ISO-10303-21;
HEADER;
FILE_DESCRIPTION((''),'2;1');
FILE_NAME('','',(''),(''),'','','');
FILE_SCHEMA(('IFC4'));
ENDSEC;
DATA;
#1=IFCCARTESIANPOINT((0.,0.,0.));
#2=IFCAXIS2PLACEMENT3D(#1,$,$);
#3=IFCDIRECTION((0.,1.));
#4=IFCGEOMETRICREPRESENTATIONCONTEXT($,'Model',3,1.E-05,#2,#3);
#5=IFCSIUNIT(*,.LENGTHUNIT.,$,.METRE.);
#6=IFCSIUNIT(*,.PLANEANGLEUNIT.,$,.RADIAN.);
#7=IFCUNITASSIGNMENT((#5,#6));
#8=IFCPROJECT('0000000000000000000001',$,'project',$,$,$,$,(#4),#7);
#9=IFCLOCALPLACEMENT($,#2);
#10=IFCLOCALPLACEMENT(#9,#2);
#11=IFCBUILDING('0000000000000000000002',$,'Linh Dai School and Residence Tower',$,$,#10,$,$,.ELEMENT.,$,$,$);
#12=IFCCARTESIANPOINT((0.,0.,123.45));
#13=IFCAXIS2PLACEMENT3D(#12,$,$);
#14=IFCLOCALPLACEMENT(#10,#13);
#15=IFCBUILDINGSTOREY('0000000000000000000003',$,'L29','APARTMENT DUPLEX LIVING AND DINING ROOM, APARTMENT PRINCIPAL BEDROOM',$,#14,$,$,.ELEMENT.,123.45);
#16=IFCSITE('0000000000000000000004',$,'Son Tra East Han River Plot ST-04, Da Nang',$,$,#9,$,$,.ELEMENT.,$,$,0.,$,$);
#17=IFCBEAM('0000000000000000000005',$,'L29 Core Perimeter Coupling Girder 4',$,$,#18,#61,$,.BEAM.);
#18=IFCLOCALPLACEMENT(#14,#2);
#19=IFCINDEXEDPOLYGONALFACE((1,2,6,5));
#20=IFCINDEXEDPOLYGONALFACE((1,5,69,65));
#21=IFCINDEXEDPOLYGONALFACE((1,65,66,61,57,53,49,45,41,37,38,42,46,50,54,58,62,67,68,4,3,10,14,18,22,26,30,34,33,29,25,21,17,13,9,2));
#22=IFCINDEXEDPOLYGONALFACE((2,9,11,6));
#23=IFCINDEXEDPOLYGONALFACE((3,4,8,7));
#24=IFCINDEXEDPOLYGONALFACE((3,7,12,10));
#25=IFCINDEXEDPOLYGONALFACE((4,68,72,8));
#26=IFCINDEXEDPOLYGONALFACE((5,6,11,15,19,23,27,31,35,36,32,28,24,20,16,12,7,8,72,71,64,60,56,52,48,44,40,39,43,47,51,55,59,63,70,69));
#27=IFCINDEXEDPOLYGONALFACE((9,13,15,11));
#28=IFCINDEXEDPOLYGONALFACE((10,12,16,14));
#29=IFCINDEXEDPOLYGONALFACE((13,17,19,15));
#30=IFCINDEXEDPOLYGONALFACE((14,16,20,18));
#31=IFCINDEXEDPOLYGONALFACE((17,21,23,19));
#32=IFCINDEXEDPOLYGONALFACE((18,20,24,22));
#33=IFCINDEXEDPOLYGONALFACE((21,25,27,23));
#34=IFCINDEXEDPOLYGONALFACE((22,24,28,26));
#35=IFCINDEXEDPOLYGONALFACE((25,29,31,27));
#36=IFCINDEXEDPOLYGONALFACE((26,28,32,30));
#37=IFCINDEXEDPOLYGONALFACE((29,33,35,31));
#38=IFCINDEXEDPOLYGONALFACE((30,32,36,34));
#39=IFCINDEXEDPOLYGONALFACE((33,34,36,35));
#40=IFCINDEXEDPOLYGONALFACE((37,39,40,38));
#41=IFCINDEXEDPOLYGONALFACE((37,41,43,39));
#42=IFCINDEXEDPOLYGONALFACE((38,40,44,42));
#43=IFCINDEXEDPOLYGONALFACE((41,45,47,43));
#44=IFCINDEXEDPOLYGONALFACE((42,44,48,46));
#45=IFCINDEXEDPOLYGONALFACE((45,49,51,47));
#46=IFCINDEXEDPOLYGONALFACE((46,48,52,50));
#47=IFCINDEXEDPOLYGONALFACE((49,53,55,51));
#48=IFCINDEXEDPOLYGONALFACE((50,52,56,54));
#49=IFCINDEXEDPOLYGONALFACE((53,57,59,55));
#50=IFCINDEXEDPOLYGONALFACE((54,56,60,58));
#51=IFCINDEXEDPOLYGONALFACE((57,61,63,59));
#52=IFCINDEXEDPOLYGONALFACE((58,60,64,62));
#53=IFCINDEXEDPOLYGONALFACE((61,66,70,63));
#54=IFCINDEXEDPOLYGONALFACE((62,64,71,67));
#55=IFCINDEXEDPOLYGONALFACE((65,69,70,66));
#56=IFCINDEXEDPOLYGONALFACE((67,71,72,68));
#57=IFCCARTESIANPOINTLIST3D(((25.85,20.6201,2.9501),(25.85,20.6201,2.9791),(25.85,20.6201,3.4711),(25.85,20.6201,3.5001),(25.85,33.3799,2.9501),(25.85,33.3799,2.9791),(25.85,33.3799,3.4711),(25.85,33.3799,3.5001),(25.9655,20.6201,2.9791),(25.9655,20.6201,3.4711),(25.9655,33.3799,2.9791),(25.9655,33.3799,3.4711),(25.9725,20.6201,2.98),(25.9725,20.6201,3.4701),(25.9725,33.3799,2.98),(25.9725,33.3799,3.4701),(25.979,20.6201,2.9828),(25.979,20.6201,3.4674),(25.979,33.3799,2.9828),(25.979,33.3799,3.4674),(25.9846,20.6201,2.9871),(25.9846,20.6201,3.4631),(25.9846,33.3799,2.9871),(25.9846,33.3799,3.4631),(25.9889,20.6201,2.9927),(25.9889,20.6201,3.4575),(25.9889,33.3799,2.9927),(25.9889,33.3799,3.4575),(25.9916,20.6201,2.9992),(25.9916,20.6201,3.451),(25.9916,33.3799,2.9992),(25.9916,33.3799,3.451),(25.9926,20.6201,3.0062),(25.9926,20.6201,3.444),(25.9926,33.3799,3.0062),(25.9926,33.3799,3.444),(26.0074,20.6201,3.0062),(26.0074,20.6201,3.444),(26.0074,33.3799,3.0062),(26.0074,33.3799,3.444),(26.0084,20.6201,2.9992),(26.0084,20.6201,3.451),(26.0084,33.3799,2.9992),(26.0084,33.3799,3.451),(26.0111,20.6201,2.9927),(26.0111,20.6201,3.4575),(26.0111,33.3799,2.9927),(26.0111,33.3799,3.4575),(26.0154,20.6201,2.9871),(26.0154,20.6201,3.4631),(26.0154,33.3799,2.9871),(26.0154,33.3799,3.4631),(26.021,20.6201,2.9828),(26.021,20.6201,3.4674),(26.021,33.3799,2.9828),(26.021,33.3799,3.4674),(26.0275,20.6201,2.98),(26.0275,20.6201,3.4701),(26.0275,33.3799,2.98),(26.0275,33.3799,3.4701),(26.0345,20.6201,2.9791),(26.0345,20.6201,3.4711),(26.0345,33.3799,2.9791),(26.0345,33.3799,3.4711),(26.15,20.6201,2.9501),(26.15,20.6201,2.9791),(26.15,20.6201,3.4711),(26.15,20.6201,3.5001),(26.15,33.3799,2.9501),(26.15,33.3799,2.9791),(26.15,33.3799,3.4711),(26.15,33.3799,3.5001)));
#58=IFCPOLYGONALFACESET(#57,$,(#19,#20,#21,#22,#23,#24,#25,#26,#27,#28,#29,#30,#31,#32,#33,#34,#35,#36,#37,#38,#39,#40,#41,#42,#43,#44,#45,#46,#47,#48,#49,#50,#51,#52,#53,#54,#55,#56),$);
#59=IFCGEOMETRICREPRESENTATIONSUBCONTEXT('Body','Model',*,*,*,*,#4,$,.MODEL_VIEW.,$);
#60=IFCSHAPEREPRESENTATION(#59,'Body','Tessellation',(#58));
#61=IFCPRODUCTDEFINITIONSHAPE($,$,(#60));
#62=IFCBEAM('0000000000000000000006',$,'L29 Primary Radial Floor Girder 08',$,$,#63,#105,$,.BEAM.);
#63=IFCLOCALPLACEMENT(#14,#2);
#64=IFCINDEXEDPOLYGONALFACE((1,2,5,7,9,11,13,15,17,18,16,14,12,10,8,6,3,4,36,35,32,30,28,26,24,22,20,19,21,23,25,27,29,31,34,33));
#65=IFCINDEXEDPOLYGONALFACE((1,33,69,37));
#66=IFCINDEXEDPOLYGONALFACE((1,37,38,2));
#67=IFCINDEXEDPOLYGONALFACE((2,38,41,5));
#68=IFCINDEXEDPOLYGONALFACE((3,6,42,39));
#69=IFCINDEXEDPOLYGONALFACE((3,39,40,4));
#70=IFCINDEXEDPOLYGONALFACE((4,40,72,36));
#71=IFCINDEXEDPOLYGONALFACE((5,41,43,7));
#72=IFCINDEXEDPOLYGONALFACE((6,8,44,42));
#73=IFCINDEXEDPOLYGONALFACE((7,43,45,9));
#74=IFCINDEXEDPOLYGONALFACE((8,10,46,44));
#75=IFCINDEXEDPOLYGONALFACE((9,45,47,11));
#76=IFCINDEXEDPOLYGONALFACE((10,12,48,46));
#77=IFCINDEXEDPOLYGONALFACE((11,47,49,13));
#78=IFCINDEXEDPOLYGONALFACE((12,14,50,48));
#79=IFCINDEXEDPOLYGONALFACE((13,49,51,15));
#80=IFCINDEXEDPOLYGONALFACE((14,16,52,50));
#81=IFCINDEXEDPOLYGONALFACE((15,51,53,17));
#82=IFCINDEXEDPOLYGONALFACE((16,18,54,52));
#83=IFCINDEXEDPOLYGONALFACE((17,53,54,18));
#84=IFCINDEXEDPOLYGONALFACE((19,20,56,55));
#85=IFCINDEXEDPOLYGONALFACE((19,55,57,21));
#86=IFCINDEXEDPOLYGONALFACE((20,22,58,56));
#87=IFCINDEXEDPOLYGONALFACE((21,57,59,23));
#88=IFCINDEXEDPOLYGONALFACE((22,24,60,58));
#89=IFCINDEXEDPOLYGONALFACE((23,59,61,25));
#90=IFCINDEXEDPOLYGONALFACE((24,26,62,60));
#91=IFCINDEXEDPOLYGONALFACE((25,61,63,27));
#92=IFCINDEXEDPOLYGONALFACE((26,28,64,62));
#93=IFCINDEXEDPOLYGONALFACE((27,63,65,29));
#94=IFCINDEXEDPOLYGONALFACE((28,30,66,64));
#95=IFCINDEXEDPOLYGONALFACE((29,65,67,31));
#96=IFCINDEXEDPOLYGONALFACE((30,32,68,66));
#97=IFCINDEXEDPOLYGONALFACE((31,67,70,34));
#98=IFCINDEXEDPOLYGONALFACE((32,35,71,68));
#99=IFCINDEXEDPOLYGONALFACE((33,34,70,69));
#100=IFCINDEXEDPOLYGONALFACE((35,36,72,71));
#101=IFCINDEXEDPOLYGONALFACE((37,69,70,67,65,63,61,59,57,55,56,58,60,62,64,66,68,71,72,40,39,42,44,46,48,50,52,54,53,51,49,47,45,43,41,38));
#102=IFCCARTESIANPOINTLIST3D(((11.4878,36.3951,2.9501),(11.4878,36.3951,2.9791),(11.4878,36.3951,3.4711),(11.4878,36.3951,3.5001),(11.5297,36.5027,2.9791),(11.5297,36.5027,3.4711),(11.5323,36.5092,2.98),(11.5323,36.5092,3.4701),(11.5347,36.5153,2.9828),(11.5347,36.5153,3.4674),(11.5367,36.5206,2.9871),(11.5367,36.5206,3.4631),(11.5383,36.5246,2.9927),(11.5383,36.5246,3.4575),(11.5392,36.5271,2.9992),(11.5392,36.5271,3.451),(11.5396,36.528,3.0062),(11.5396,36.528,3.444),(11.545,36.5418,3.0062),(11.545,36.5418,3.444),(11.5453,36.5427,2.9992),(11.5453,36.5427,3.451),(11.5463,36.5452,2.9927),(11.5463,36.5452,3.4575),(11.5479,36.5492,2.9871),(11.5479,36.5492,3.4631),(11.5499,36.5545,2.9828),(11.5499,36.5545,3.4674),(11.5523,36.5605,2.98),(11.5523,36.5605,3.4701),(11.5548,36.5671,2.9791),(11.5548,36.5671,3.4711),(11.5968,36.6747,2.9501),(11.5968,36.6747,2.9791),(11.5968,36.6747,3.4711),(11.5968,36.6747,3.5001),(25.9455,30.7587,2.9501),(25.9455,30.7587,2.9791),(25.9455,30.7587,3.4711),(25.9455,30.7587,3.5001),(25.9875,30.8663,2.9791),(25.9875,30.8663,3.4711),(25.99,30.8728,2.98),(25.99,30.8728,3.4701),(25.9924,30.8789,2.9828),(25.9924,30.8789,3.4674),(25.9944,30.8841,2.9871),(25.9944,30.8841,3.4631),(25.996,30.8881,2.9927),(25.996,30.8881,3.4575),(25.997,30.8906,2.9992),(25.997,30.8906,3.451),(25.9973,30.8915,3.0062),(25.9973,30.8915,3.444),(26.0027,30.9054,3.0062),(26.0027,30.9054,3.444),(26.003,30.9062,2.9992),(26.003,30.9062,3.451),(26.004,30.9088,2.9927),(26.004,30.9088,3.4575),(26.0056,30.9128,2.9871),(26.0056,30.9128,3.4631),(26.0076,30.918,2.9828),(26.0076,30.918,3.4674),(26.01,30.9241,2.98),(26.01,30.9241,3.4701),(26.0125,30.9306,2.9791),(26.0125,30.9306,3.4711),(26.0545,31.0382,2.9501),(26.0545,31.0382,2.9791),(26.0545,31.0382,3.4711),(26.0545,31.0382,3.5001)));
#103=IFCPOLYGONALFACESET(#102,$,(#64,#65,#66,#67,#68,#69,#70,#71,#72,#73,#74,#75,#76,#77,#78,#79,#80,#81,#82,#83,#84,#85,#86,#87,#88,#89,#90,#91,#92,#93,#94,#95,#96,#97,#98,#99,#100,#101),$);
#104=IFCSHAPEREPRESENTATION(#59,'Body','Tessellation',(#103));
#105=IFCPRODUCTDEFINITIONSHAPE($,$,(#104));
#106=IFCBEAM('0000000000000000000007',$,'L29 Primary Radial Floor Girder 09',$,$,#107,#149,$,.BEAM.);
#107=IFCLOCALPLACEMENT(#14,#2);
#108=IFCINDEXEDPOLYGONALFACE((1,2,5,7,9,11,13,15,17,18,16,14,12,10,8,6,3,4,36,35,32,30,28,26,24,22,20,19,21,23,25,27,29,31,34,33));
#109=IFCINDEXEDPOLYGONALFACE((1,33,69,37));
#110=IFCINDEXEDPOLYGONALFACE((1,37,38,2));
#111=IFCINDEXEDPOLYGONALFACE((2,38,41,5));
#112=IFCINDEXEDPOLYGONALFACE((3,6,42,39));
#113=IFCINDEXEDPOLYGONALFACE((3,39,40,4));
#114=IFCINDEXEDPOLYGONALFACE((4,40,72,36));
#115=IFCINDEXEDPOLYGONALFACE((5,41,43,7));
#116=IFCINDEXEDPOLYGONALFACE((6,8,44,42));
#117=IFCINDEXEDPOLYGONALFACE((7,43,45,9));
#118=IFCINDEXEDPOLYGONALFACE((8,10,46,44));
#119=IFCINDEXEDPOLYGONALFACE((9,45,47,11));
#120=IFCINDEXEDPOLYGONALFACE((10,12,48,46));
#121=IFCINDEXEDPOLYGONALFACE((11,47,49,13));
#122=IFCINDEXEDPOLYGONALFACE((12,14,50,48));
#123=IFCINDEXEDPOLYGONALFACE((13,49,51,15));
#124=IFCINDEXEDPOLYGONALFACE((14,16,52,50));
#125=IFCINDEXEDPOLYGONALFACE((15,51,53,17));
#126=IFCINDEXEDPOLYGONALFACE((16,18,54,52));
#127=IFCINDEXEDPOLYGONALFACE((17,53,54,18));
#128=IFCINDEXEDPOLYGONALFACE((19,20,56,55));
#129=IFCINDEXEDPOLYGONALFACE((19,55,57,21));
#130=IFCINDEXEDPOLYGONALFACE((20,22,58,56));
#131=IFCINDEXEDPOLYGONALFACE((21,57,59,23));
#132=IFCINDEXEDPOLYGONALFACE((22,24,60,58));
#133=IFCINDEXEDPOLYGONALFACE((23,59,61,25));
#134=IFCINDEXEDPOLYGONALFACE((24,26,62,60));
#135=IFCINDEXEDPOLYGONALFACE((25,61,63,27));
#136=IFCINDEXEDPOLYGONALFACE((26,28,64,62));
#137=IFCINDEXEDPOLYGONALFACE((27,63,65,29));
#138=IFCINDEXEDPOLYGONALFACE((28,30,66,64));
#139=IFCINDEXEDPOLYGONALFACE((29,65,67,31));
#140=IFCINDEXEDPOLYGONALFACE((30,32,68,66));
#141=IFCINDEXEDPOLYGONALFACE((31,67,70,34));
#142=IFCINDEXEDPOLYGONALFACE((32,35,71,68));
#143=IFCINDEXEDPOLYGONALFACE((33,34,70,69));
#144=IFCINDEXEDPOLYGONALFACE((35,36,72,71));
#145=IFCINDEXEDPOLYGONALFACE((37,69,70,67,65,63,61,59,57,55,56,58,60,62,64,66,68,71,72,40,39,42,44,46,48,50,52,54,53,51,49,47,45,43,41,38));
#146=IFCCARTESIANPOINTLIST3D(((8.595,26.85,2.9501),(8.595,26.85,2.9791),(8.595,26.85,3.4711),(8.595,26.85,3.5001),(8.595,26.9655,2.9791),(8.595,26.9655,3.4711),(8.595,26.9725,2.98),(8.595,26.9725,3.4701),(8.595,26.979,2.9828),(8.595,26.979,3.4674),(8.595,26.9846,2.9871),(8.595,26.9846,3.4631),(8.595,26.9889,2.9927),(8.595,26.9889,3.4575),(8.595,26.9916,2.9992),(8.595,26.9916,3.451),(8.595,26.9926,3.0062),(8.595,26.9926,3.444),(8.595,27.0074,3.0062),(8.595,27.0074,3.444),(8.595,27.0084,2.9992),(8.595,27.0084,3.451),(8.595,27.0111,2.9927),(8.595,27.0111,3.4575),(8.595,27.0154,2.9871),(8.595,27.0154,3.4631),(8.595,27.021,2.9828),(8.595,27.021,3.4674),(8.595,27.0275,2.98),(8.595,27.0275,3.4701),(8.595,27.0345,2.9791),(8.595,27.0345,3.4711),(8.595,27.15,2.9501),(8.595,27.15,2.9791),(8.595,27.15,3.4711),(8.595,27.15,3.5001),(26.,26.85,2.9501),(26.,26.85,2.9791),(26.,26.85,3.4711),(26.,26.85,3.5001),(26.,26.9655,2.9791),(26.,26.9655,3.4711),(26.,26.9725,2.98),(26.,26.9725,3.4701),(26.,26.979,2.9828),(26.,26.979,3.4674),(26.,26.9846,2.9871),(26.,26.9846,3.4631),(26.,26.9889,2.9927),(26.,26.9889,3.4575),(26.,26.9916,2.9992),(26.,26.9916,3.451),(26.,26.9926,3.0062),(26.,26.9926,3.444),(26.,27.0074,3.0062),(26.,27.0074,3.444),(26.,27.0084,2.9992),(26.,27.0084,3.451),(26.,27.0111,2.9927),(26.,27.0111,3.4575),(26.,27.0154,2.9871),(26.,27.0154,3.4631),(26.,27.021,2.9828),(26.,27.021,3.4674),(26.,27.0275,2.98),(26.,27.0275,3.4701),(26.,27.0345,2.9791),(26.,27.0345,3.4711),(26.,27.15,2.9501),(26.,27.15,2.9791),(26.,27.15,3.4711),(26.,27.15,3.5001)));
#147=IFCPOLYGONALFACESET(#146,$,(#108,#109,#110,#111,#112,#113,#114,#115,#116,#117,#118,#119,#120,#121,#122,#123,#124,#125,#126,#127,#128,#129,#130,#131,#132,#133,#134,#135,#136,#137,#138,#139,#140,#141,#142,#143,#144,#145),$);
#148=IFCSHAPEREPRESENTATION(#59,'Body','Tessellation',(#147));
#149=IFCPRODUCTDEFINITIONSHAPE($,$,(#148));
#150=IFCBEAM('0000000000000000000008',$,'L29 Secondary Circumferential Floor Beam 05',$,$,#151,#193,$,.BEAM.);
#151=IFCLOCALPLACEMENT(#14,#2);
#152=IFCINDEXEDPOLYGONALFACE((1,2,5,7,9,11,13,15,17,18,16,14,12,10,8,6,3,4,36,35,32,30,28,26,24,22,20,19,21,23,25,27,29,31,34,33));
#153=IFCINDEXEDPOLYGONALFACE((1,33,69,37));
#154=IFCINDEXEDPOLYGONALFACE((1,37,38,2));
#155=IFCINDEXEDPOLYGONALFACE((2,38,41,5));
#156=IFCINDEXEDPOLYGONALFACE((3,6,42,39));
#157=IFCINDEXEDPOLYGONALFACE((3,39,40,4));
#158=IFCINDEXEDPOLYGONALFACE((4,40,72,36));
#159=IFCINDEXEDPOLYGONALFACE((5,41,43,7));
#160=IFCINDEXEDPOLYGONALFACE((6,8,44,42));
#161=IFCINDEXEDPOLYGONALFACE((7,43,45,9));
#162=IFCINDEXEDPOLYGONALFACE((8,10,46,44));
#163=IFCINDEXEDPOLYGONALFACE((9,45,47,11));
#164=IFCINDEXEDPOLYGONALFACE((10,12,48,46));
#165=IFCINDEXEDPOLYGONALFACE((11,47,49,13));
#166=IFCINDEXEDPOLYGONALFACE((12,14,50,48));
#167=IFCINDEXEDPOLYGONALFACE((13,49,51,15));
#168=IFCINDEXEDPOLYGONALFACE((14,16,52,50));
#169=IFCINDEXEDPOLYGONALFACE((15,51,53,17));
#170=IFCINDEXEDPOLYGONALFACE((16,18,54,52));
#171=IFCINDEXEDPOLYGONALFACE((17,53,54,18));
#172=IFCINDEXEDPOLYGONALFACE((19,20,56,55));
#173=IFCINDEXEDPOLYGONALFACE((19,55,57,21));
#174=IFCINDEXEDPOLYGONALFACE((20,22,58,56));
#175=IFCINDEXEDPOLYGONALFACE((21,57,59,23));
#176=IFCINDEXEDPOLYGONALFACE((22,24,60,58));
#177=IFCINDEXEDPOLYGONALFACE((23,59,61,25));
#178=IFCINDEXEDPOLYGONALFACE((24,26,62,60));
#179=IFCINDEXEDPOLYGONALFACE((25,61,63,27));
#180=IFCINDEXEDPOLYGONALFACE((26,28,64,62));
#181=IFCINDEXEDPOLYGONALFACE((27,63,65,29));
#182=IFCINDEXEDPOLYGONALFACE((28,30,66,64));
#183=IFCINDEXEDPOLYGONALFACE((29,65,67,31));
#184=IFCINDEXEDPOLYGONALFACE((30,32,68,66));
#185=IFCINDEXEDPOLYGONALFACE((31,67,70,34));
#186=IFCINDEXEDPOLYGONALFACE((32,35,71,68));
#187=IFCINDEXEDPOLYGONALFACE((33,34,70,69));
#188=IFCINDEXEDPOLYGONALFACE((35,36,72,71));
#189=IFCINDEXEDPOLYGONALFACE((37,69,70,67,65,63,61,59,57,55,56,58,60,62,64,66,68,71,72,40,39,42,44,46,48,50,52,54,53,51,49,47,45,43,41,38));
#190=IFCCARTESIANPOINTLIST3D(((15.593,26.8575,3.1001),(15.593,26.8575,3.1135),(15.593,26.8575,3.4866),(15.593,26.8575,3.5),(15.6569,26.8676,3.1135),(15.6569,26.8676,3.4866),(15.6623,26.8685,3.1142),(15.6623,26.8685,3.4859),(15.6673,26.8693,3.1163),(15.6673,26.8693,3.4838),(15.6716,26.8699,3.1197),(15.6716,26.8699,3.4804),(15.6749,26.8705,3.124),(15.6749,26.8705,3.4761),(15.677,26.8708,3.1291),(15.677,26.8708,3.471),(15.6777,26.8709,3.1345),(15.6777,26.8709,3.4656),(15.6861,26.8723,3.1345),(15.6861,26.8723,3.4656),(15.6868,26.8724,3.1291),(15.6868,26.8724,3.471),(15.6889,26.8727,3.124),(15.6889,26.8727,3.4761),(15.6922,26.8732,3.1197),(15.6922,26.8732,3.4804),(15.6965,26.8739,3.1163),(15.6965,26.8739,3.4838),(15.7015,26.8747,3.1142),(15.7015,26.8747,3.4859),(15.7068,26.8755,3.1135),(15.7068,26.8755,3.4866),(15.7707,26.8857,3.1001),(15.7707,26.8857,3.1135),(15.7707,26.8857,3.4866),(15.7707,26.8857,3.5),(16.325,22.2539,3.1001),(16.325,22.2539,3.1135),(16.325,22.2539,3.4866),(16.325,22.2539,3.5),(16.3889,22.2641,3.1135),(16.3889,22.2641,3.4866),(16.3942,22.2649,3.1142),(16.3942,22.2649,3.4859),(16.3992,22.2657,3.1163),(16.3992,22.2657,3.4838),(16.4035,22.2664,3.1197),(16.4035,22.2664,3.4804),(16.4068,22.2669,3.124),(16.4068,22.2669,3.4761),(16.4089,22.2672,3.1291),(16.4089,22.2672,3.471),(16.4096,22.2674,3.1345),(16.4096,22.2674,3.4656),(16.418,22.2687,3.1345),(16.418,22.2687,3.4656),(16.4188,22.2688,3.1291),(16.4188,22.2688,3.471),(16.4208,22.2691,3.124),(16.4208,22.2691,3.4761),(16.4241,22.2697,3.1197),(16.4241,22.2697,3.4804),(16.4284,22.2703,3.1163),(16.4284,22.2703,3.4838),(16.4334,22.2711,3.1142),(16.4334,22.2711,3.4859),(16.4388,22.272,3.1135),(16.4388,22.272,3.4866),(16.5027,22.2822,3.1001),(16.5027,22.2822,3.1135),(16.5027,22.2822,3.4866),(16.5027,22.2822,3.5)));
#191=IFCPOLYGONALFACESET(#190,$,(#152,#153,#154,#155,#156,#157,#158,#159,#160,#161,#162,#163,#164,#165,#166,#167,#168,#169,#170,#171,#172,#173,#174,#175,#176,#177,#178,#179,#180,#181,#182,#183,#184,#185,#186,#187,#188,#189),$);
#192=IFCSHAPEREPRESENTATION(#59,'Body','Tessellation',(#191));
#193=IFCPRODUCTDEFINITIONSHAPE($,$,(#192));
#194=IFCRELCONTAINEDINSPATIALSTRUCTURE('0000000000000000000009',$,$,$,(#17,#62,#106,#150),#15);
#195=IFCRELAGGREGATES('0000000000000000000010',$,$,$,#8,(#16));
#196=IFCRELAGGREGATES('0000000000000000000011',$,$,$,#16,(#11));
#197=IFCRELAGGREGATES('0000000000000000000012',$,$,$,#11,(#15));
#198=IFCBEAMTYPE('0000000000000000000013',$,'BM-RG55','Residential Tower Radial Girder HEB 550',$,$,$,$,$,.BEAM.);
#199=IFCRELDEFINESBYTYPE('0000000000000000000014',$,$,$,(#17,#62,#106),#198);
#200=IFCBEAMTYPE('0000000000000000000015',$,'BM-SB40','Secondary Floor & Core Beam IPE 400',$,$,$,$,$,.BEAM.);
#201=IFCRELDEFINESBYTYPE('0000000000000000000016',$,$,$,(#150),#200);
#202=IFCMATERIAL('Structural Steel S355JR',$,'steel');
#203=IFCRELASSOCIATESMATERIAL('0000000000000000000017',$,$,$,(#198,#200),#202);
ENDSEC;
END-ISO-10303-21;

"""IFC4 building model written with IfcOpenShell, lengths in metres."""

from ifc_helpers import new_model, si_unit, direction, frame, origin, origin_2d, place, context, subcontext, project, spatial, i_section, extrude, material, material_profile, profile_set, type_object, element, save


model = new_model("IFC4")

# Units and contexts
model_context = context("Model", 3, precision=1e-05, world=origin(), true_north=direction((0.0, 1.0)))
body_context = subcontext(model_context, "Body", "Model", "MODEL_VIEW")
ifc_project = project(units=[si_unit("LENGTHUNIT", "METRE"), si_unit("PLANEANGLEUNIT", "RADIAN")], contexts=[model_context])

# Site, building, storey
site_placement = place(None, origin())
site = spatial("IfcSite", under=ifc_project, at=site_placement, Name="Son Tra East Han River Plot ST-04, Da Nang", CompositionType="ELEMENT", RefElevation=0.0)
building_placement = place(site_placement, origin())
building = spatial("IfcBuilding", under=site, at=building_placement, Name="Linh Dai School and Residence Tower", CompositionType="ELEMENT")
storey_placement = place(building_placement, frame((0.0, 0.0, 123.45)))
storey = spatial("IfcBuildingStorey", under=building, at=storey_placement, Name="L29", Description="APARTMENT DUPLEX LIVING AND DINING ROOM, APARTMENT PRINCIPAL BEDROOM", CompositionType="ELEMENT", Elevation=123.45)

# Shared definitions
ifc_material_1 = material(Name="Structural Steel S355JR", Category="steel")

# Beams
ifc_material_profile_1 = material_profile(ifc_material_1, i_section(OverallWidth=0.3, OverallDepth=0.55, WebThickness=0.0149, FlangeThickness=0.0291, FilletRadius=0.0271, at=origin_2d()), Name="HEB 550")
ifc_profile_set_1 = profile_set([ifc_material_profile_1], Name="Structural Steel S355JR")
beam_type_1 = type_object("IfcBeamType", Name="BM-RG55", Description="Residential Tower Radial Girder HEB 550", PredefinedType="BEAM", material=ifc_profile_set_1)
beam_1_placement = place(storey_placement, frame((26.0, 33.3799, 3.2251), z_axis=(0.0, -1.0, 0.0), x_axis=(1.0, 0.0, 0.0)))
element("IfcBeam", 1, at=beam_1_placement, inside=storey, type_object=beam_type_1, Name="L29 Core Perimeter Coupling Girder 4", PredefinedType="BEAM", context=body_context, shape_type="SweptSolid", body=[
    extrude(i_section(OverallWidth=0.3, OverallDepth=0.55, WebThickness=0.0149, FlangeThickness=0.0291, FilletRadius=0.0271, at=origin_2d()), origin(), (0.0, 0.0, 1.0), 12.7598),
])
beam_2_placement = place(storey_placement, frame((26.0, 30.8984, 3.2251), z_axis=(-0.931699, 0.36323, 0.0), x_axis=(-0.36323, -0.931699, 0.0)))
element("IfcBeam", 2, at=beam_2_placement, inside=storey, type_object=beam_type_1, Name="L29 Primary Radial Floor Girder 08", PredefinedType="BEAM", context=body_context, shape_type="SweptSolid", body=[
    extrude(i_section(OverallWidth=0.3, OverallDepth=0.55, WebThickness=0.0149, FlangeThickness=0.0291, FilletRadius=0.0271, at=origin_2d()), origin(), (0.0, 0.0, 1.0), 15.5176),
])
beam_3_placement = place(storey_placement, frame((26.0, 27.0, 3.2251), z_axis=(-1.0, 0.0, 0.0), x_axis=(0.0, -1.0, 0.0)))
element("IfcBeam", 3, at=beam_3_placement, inside=storey, type_object=beam_type_1, Name="L29 Primary Radial Floor Girder 09", PredefinedType="BEAM", context=body_context, shape_type="SweptSolid", body=[
    extrude(i_section(OverallWidth=0.3, OverallDepth=0.55, WebThickness=0.0149, FlangeThickness=0.0291, FilletRadius=0.0271, at=origin_2d()), origin(), (0.0, 0.0, 1.0), 17.405),
])
ifc_material_profile_2 = material_profile(ifc_material_1, i_section(OverallWidth=0.1799, OverallDepth=0.3999, WebThickness=0.0085, FlangeThickness=0.0134, FilletRadius=0.021, at=origin_2d()), Name="IPE 400")
ifc_profile_set_2 = profile_set([ifc_material_profile_2], Name="Structural Steel S355JR")
beam_type_2 = type_object("IfcBeamType", Name="BM-SB40", Description="Secondary Floor & Core Beam IPE 400", PredefinedType="BEAM", material=ifc_profile_set_2)
beam_4_placement = place(storey_placement, frame((15.6819, 26.8716, 3.3), z_axis=(0.157022, -0.987595, 0.0), x_axis=(0.987595, 0.157022, 0.0)))
element("IfcBeam", 4, at=beam_4_placement, inside=storey, type_object=beam_type_2, Name="L29 Secondary Circumferential Floor Beam 05", PredefinedType="BEAM", context=body_context, shape_type="SweptSolid", body=[
    extrude(i_section(OverallWidth=0.1799, OverallDepth=0.3999, WebThickness=0.0085, FlangeThickness=0.0134, FilletRadius=0.021, at=origin_2d()), origin(), (0.0, 0.0, 1.0), 4.6614),
])

save(model, "model.ifc")
